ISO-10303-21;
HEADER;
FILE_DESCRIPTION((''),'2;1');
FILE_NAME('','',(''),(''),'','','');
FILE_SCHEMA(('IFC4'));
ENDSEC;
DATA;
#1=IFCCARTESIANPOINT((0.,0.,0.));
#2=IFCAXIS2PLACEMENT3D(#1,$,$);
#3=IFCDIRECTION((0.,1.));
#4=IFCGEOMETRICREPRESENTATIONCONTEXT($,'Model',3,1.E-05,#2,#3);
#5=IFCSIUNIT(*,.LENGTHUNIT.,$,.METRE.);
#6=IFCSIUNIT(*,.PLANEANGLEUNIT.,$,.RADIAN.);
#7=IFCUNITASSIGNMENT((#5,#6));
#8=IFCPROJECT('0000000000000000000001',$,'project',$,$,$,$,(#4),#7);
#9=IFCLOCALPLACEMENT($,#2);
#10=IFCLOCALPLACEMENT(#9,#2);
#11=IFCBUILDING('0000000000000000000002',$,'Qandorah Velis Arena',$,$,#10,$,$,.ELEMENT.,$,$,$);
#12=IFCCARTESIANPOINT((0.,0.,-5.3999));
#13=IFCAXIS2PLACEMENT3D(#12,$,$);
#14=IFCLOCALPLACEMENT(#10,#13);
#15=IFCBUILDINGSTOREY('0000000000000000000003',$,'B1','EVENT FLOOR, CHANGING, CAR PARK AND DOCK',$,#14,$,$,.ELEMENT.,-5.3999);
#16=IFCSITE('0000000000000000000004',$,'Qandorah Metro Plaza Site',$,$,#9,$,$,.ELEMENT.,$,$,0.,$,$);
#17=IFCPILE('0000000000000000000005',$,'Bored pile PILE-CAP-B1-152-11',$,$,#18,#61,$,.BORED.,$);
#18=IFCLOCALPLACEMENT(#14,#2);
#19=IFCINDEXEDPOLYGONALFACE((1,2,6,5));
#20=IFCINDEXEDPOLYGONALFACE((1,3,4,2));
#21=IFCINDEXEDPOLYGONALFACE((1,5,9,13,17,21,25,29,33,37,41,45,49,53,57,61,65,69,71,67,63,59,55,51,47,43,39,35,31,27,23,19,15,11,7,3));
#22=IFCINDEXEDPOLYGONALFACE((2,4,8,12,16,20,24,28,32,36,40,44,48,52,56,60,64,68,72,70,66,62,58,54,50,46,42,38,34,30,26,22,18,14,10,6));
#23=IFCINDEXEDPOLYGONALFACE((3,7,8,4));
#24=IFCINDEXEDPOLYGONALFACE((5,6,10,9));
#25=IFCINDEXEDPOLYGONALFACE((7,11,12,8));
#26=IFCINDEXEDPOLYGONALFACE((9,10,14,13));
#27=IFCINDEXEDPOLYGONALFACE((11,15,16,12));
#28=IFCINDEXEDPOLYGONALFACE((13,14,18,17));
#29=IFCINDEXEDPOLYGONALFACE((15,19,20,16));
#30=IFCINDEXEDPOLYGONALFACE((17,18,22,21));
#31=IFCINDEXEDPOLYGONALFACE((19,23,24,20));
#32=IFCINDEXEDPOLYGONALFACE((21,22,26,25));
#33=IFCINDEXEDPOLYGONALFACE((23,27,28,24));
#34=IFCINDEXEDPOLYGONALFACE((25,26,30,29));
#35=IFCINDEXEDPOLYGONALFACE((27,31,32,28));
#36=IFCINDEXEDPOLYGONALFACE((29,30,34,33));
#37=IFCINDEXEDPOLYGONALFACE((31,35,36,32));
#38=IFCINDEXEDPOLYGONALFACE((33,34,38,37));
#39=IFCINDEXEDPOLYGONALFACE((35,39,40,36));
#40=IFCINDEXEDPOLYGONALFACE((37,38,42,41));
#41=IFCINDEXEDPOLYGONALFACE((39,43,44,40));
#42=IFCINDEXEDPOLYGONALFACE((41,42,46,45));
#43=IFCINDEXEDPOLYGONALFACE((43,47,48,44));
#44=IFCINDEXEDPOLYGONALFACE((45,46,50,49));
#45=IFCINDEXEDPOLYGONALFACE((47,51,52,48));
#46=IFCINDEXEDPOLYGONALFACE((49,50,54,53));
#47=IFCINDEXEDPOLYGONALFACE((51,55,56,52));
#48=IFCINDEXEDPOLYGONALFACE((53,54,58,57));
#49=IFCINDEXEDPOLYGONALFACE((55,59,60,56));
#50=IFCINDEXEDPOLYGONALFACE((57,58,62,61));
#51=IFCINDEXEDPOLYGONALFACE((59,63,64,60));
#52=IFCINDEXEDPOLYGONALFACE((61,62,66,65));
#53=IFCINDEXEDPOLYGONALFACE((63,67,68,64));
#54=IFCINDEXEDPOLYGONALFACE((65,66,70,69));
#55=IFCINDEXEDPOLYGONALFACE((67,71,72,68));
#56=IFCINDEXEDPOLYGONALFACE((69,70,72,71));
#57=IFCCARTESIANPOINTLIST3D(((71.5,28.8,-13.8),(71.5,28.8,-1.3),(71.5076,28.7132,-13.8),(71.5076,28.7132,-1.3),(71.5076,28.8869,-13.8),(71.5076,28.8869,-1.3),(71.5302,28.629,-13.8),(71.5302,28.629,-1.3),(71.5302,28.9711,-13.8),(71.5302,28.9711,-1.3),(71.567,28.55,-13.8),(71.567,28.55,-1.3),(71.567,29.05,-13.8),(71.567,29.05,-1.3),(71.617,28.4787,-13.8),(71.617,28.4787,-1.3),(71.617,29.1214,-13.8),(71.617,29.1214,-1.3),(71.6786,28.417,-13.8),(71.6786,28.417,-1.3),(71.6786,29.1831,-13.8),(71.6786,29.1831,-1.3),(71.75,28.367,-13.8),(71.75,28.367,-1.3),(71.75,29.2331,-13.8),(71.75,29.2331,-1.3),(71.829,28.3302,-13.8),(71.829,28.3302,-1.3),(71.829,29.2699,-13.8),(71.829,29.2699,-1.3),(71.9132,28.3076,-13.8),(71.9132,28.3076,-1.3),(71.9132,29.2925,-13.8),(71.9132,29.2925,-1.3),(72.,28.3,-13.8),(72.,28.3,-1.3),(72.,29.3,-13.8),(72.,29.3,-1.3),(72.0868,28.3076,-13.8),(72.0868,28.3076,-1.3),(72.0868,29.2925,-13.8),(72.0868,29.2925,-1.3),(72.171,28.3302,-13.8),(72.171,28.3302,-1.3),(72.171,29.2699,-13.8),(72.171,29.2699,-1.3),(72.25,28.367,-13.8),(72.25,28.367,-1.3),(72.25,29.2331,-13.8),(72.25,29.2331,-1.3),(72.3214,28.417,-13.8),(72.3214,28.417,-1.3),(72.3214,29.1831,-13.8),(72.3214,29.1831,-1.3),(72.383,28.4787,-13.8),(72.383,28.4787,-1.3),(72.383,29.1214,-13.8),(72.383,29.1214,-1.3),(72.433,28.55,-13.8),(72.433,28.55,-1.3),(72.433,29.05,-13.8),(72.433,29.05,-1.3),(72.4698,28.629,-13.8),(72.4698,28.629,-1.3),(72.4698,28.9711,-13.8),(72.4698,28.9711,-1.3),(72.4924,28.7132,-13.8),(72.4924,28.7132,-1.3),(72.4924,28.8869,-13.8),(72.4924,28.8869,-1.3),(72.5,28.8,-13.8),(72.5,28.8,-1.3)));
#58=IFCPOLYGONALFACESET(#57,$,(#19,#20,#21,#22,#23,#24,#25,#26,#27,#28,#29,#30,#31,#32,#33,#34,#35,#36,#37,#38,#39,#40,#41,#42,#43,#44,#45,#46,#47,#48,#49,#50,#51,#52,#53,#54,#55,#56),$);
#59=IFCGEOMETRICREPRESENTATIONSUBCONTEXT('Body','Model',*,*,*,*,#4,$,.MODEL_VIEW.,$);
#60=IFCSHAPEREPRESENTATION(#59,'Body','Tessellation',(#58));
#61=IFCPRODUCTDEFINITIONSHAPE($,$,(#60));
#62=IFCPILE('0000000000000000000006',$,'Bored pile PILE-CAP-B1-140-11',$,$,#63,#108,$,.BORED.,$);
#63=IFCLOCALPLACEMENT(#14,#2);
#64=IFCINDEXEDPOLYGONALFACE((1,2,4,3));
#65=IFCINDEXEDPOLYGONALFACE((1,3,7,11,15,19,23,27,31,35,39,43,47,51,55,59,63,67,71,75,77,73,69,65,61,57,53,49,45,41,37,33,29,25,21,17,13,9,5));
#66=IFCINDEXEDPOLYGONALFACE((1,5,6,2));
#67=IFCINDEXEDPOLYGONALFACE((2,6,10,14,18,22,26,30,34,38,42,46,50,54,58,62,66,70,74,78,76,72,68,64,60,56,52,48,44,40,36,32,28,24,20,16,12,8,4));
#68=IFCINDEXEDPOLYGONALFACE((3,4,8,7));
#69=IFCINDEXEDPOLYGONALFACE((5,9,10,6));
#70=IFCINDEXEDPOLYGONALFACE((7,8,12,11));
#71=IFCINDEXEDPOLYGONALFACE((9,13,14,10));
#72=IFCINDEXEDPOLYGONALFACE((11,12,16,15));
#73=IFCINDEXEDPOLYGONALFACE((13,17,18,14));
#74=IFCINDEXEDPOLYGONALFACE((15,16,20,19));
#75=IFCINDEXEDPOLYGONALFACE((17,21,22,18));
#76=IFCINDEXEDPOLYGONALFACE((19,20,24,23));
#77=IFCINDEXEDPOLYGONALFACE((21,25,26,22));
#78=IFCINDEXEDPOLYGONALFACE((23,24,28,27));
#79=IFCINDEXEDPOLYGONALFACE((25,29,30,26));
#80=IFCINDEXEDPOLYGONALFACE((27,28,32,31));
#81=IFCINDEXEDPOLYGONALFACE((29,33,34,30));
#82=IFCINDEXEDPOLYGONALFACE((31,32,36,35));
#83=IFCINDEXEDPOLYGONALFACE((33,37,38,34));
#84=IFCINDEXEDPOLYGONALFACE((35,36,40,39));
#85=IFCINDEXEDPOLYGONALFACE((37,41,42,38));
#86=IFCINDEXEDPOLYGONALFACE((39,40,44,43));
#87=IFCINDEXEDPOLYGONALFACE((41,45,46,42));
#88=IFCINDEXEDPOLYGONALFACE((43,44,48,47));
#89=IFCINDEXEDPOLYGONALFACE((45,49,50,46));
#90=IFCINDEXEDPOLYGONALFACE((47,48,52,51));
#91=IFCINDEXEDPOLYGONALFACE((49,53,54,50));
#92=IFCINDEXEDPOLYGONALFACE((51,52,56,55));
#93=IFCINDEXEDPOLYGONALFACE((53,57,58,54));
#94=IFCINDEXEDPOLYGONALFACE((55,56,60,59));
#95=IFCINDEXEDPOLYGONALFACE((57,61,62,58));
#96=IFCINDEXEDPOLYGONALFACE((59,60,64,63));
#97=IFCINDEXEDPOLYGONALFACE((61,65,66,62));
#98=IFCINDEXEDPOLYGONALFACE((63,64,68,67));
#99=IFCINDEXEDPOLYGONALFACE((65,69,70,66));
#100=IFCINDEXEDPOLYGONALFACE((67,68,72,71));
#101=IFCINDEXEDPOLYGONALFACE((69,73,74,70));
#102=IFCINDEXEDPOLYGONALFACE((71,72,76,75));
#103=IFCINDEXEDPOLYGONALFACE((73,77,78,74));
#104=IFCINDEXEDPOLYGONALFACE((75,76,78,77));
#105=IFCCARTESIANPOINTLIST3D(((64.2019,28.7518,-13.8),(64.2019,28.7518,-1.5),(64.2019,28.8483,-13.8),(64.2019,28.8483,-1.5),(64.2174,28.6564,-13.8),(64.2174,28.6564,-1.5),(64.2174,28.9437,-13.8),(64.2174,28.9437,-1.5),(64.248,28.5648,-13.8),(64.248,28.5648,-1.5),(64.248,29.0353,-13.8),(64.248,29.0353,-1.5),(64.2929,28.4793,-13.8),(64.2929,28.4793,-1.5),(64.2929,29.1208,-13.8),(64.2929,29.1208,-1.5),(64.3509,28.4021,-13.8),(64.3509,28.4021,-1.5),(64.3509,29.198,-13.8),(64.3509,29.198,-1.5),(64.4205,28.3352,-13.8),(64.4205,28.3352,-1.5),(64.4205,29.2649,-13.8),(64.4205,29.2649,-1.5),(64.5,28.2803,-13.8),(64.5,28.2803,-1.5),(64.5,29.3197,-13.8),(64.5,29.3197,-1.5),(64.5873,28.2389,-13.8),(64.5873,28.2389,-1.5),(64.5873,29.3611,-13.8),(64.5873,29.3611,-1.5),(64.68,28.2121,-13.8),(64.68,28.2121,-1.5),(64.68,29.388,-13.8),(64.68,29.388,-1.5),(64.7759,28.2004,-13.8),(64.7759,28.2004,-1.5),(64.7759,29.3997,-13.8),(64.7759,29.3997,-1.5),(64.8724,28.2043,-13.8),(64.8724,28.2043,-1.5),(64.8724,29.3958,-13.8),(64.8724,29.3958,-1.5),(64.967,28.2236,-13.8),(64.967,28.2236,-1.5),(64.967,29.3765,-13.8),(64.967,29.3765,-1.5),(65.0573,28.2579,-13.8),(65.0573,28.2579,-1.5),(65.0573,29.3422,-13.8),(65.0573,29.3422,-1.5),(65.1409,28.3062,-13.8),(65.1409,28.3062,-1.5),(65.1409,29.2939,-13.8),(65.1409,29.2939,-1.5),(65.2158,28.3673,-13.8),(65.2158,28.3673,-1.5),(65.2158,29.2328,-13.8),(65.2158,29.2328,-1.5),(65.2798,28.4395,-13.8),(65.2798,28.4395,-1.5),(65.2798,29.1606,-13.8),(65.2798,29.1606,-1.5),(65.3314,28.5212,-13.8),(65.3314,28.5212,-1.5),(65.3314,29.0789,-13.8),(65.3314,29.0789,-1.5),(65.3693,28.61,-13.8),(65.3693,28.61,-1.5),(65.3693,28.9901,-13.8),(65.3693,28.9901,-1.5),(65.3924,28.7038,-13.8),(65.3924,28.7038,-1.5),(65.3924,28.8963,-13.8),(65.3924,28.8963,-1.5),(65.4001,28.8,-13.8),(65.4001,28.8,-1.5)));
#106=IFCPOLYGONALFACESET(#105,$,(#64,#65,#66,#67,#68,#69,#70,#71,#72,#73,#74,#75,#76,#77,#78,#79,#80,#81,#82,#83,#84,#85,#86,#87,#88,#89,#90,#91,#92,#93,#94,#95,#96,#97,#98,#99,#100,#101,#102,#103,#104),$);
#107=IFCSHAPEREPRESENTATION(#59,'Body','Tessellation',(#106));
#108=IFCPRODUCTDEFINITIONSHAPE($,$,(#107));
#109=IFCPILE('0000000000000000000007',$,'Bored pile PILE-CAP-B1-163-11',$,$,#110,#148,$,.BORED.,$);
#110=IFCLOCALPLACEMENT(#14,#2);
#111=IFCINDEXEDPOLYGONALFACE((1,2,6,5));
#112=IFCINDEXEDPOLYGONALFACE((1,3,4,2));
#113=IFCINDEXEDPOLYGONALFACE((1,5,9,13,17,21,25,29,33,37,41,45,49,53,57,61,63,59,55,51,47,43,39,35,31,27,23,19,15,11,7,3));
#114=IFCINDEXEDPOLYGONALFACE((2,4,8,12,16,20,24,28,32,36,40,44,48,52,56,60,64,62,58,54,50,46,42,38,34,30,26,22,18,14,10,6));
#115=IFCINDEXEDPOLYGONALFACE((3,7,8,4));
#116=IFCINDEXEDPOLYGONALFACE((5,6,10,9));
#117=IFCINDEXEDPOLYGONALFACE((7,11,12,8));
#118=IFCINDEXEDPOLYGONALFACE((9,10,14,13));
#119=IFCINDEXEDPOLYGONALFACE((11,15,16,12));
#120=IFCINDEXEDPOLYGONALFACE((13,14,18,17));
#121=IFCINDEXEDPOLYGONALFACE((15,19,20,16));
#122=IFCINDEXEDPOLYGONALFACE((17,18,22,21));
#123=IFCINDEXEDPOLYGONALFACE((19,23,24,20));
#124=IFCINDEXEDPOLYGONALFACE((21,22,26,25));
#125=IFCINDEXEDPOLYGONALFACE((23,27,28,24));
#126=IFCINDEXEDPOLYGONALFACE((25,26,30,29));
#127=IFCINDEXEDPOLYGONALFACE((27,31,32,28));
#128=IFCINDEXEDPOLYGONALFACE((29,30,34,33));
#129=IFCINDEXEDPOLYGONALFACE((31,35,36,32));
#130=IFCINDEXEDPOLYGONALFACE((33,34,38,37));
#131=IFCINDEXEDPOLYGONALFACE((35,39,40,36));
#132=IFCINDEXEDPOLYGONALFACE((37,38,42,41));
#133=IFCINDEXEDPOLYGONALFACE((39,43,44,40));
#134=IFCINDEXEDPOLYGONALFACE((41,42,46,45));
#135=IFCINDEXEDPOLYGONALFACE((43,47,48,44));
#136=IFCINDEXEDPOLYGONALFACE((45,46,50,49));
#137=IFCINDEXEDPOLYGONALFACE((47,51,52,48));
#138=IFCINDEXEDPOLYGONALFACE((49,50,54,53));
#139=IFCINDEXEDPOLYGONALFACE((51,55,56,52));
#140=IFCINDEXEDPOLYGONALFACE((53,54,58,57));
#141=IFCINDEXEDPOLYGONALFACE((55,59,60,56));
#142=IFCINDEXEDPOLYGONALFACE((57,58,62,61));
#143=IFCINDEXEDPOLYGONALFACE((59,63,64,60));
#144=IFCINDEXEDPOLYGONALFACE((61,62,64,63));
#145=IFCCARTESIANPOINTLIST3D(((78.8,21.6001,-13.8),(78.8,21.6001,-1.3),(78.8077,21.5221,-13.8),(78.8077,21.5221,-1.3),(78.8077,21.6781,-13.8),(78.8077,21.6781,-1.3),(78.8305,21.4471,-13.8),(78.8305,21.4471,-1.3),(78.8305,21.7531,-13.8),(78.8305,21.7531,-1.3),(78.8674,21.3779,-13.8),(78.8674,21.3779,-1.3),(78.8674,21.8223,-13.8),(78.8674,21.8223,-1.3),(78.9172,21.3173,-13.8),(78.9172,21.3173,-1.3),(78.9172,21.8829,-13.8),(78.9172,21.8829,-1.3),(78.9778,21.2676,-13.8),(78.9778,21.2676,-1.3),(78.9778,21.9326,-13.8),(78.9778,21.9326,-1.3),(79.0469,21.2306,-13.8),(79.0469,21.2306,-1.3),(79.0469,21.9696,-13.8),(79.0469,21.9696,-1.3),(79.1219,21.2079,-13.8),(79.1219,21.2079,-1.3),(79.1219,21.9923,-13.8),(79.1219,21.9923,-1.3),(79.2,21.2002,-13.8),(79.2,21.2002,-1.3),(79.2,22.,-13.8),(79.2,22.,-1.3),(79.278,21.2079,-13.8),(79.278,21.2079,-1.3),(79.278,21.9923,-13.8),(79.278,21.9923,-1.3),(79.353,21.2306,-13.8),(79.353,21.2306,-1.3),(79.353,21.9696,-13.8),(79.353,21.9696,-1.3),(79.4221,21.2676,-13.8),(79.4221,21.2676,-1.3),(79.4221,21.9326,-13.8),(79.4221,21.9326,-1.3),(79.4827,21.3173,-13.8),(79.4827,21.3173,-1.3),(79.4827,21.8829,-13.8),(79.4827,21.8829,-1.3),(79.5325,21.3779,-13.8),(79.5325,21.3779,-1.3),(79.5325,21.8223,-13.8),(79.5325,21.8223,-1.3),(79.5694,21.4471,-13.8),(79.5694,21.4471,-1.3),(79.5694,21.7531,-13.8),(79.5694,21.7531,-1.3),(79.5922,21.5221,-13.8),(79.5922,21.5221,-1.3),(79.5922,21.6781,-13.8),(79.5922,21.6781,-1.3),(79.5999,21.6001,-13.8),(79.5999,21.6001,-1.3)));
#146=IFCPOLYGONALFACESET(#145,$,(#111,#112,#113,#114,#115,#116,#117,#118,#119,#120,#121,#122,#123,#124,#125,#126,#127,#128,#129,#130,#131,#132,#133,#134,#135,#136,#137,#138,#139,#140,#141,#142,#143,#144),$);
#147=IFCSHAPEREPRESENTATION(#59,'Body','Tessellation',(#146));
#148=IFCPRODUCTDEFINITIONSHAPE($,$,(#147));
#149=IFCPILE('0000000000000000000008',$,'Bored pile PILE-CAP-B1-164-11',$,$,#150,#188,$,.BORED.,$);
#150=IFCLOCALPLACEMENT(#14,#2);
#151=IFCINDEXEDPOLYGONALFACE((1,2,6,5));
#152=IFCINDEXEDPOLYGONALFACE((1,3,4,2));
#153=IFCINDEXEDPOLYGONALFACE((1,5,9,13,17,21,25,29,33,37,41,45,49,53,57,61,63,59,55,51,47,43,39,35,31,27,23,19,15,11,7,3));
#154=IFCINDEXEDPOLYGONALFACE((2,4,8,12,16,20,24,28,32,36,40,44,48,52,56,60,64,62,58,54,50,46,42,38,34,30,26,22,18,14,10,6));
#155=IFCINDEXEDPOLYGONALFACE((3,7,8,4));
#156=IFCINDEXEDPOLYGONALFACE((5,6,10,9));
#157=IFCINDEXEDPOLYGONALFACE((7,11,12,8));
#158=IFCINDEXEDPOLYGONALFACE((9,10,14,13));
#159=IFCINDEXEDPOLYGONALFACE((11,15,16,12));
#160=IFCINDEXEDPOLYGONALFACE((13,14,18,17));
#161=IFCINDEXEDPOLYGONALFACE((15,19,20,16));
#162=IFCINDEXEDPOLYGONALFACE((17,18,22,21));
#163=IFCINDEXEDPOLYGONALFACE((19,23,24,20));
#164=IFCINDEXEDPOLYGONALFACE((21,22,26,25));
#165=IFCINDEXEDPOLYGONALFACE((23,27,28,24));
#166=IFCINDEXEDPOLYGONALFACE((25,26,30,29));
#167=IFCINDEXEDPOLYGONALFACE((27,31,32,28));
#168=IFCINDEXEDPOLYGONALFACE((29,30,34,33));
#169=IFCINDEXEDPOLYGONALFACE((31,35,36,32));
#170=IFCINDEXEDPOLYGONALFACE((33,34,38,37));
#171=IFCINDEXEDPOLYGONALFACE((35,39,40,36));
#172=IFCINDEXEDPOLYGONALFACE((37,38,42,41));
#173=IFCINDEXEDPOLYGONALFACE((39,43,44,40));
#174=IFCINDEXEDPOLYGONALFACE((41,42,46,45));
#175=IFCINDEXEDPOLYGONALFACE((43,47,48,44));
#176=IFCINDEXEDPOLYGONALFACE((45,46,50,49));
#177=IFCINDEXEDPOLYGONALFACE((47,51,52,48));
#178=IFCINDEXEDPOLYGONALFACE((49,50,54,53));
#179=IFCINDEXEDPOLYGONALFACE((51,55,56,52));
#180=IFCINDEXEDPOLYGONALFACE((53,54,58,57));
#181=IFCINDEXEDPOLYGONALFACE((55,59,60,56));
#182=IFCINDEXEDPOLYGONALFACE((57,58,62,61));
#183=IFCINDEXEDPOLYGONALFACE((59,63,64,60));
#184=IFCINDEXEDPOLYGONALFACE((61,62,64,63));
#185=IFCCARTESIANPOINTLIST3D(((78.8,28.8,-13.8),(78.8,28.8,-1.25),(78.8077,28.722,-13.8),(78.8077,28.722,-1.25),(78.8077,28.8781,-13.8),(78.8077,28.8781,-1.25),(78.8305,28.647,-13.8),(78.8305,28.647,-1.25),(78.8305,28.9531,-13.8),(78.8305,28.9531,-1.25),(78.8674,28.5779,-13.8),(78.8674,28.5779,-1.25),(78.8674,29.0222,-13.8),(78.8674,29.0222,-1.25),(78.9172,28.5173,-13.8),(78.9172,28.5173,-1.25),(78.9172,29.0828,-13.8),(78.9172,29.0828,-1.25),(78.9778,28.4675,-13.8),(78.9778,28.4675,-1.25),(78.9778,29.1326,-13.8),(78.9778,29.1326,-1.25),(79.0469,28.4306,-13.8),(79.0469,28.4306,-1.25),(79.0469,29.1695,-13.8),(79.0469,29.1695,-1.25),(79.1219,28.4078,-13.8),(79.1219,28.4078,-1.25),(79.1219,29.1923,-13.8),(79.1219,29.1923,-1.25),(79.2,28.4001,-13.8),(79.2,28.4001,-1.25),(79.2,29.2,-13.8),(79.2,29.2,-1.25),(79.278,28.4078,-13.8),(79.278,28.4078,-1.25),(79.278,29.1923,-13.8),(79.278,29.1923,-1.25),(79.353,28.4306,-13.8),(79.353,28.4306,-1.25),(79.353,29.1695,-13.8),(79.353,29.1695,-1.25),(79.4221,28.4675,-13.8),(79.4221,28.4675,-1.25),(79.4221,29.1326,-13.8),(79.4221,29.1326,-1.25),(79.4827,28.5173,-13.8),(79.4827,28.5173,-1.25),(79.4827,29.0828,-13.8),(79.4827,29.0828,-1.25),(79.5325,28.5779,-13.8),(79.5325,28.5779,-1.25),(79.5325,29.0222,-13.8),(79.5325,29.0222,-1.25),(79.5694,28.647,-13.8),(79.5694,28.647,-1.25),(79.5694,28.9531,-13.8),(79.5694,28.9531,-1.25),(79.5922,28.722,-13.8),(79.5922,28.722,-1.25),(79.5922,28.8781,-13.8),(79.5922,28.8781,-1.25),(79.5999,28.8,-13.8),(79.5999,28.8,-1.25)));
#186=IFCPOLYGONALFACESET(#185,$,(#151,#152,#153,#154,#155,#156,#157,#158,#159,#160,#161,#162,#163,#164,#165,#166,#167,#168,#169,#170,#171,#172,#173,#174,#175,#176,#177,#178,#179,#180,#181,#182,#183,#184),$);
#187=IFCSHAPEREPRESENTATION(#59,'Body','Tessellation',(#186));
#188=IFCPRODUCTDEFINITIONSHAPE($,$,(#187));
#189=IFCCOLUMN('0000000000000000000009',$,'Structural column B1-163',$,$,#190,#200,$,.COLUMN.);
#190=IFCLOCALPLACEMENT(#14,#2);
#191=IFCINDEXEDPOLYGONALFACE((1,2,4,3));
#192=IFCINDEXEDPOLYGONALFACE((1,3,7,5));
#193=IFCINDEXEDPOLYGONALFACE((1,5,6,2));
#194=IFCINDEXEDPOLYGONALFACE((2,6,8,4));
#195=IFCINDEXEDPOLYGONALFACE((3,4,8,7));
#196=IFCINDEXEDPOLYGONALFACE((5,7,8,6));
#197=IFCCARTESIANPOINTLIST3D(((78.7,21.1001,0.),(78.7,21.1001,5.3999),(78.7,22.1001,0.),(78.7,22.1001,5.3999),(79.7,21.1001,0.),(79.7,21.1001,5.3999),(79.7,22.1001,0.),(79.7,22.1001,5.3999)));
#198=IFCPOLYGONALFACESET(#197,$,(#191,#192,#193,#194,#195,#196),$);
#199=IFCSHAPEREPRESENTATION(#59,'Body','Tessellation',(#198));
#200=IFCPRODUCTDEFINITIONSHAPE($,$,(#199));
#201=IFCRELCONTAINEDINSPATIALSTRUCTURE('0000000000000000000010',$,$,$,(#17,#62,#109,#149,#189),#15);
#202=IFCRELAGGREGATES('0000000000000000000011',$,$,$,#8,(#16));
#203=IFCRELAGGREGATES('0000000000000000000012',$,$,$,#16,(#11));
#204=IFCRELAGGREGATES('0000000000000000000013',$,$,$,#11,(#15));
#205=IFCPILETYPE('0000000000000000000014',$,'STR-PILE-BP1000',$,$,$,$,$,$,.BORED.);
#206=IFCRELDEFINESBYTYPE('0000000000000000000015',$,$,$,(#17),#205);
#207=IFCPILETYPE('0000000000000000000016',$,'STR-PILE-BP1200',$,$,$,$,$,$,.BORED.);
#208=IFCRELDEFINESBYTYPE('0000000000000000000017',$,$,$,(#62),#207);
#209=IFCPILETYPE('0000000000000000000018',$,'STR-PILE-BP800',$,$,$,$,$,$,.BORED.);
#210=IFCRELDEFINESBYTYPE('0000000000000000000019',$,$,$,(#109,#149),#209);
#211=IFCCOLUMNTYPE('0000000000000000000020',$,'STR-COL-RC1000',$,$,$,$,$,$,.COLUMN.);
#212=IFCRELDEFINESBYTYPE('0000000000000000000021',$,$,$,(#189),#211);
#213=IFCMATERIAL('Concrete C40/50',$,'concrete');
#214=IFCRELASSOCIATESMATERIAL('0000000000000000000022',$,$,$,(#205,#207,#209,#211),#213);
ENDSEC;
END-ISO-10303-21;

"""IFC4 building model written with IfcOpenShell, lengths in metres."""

from ifc_helpers import new_model, si_unit, direction, frame, origin, origin_2d, place, context, subcontext, project, spatial, rectangle, circle, extrude, material, material_profile, profile_set, type_object, element, save


model = new_model("IFC4")

# Units and contexts
model_context = context("Model", 3, precision=1e-05, world=origin(), true_north=direction((0.0, 1.0)))
body_context = subcontext(model_context, "Body", "Model", "MODEL_VIEW")
ifc_project = project(units=[si_unit("LENGTHUNIT", "METRE"), si_unit("PLANEANGLEUNIT", "RADIAN")], contexts=[model_context])

# Site, building, storey
site_placement = place(None, origin())
site = spatial("IfcSite", under=ifc_project, at=site_placement, Name="Qandorah Metro Plaza Site", CompositionType="ELEMENT", RefElevation=0.0)
building_placement = place(site_placement, origin())
building = spatial("IfcBuilding", under=site, at=building_placement, Name="Qandorah Velis Arena", CompositionType="ELEMENT")
storey_placement = place(building_placement, frame((0.0, 0.0, -5.3999)))
storey = spatial("IfcBuildingStorey", under=building, at=storey_placement, Name="B1", Description="EVENT FLOOR, CHANGING, CAR PARK AND DOCK", CompositionType="ELEMENT", Elevation=-5.3999)

# Shared definitions
ifc_material_1 = material(Name="Concrete C40/50", Category="concrete")

# Piles
ifc_material_profile_1 = material_profile(ifc_material_1, circle(Radius=0.5, at=origin_2d()), Name="BORED PILE D1000")
ifc_profile_set_1 = profile_set([ifc_material_profile_1], Name="Concrete C40/50")
pile_type_1 = type_object("IfcPileType", Name="STR-PILE-BP1000", PredefinedType="BORED", material=ifc_profile_set_1)
pile_1_placement = place(storey_placement, frame((72.0, 28.8, -1.3), z_axis=(0.0, 0.0, -1.0), x_axis=(1.0, 0.0, 0.0)))
element("IfcPile", 1, at=pile_1_placement, inside=storey, type_object=pile_type_1, Name="Bored pile PILE-CAP-B1-152-11", PredefinedType="BORED", context=body_context, shape_type="SweptSolid", body=[
    extrude(circle(Radius=0.5, at=origin_2d()), origin(), (0.0, 0.0, 1.0), 12.5),
])
ifc_material_profile_2 = material_profile(ifc_material_1, circle(Radius=0.6001, at=origin_2d()), Name="BORED PILE D1200")
ifc_profile_set_2 = profile_set([ifc_material_profile_2], Name="Concrete C40/50")
pile_type_2 = type_object("IfcPileType", Name="STR-PILE-BP1200", PredefinedType="BORED", material=ifc_profile_set_2)
pile_2_placement = place(storey_placement, frame((64.8, 28.8, -1.5), z_axis=(0.0, 0.0, -1.0), x_axis=(1.0, 0.0, 0.0)))
element("IfcPile", 2, at=pile_2_placement, inside=storey, type_object=pile_type_2, Name="Bored pile PILE-CAP-B1-140-11", PredefinedType="BORED", context=body_context, shape_type="SweptSolid", body=[
    extrude(circle(Radius=0.6001, at=origin_2d()), origin(), (0.0, 0.0, 1.0), 12.3),
])
ifc_material_profile_3 = material_profile(ifc_material_1, circle(Radius=0.3999, at=origin_2d()), Name="BORED PILE D800")
ifc_profile_set_3 = profile_set([ifc_material_profile_3], Name="Concrete C40/50")
pile_type_3 = type_object("IfcPileType", Name="STR-PILE-BP800", PredefinedType="BORED", material=ifc_profile_set_3)
pile_3_placement = place(storey_placement, frame((79.2, 21.6001, -1.3), z_axis=(0.0, 0.0, -1.0), x_axis=(1.0, 0.0, 0.0)))
element("IfcPile", 3, at=pile_3_placement, inside=storey, type_object=pile_type_3, Name="Bored pile PILE-CAP-B1-163-11", PredefinedType="BORED", context=body_context, shape_type="SweptSolid", body=[
    extrude(circle(Radius=0.3999, at=origin_2d()), origin(), (0.0, 0.0, 1.0), 12.5),
])
pile_4_placement = place(storey_placement, frame((79.2, 28.8, -1.25), z_axis=(0.0, 0.0, -1.0), x_axis=(1.0, 0.0, 0.0)))
element("IfcPile", 4, at=pile_4_placement, inside=storey, type_object=pile_type_3, Name="Bored pile PILE-CAP-B1-164-11", PredefinedType="BORED", context=body_context, shape_type="SweptSolid", body=[
    extrude(circle(Radius=0.3999, at=origin_2d()), origin(), (0.0, 0.0, 1.0), 12.55),
])

# Column
ifc_material_profile_4 = material_profile(ifc_material_1, rectangle(XDim=1.0, YDim=1.0, at=origin_2d()), Name="RC COL 1000x1000")
ifc_profile_set_4 = profile_set([ifc_material_profile_4], Name="Concrete C40/50")
column_type_1 = type_object("IfcColumnType", Name="STR-COL-RC1000", PredefinedType="COLUMN", material=ifc_profile_set_4)
column_placement = place(storey_placement, frame((79.2, 21.6001, 0.0), z_axis=(0.0, 0.0, 1.0), x_axis=(1.0, 0.0, 0.0)))
element("IfcColumn", 5, at=column_placement, inside=storey, type_object=column_type_1, Name="Structural column B1-163", PredefinedType="COLUMN", context=body_context, shape_type="SweptSolid", body=[
    extrude(rectangle(XDim=1.0, YDim=1.0, at=origin_2d()), origin(), (0.0, 0.0, 1.0), 5.3999),
])

save(model, "model.ifc")
